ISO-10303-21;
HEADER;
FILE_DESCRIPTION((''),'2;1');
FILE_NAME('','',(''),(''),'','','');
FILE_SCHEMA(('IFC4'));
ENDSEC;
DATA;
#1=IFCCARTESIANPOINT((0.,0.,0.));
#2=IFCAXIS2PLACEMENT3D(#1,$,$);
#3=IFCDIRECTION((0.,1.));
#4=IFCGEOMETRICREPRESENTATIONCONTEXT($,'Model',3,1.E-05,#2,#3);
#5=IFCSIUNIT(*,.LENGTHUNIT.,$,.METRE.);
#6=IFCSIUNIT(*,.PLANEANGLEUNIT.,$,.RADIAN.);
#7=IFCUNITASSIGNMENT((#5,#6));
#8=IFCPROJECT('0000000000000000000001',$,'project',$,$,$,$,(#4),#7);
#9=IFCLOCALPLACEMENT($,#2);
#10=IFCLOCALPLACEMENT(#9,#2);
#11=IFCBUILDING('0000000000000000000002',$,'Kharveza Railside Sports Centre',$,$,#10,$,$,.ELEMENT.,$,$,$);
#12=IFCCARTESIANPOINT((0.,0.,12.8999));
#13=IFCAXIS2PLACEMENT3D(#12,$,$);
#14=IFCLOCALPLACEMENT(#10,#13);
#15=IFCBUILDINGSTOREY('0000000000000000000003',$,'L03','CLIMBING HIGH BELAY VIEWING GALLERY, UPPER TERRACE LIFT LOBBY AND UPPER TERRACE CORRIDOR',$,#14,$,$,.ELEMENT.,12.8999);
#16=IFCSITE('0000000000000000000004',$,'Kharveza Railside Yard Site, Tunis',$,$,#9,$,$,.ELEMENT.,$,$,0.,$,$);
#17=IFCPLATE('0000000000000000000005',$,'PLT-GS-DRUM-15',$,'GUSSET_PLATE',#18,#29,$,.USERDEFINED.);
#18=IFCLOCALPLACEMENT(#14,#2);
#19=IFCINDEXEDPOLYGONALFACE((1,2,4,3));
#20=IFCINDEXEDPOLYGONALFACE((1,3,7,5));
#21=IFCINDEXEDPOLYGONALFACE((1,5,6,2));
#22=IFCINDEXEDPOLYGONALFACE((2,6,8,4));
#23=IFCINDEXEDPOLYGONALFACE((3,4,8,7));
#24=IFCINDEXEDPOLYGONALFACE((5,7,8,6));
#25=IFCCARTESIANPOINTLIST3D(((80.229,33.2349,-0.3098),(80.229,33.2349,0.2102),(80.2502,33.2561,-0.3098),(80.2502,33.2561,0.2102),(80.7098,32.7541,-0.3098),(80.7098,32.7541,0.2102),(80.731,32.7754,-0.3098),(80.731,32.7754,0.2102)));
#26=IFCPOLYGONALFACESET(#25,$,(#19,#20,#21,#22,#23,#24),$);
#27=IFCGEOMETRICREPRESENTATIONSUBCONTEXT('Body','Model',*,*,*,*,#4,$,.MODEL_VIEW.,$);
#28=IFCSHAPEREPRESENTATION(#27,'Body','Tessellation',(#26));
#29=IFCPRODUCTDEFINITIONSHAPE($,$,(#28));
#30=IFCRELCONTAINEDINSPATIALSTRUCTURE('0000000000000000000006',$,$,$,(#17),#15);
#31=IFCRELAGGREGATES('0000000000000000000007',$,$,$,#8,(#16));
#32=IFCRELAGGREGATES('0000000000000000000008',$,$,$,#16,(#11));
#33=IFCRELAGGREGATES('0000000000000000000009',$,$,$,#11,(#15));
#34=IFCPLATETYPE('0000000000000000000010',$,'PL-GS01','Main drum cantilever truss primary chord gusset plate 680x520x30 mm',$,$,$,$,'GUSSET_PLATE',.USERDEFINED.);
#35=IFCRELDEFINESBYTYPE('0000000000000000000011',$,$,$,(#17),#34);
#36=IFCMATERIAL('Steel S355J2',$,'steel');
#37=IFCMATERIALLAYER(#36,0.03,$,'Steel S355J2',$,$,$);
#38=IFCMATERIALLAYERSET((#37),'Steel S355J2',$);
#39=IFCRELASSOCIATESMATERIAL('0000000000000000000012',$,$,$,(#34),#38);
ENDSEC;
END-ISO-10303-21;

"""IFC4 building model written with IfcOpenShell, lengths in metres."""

from ifc_helpers import new_model, si_unit, direction, frame, origin, origin_2d, place, context, subcontext, project, spatial, rectangle, extrude, material, layer, layer_set, type_object, element, save


model = new_model("IFC4")

# Units and contexts
model_context = context("Model", 3, precision=1e-05, world=origin(), true_north=direction((0.0, 1.0)))
body_context = subcontext(model_context, "Body", "Model", "MODEL_VIEW")
ifc_project = project(units=[si_unit("LENGTHUNIT", "METRE"), si_unit("PLANEANGLEUNIT", "RADIAN")], contexts=[model_context])

# Site, building, storey
site_placement = place(None, origin())
site = spatial("IfcSite", under=ifc_project, at=site_placement, Name="Kharveza Railside Yard Site, Tunis", CompositionType="ELEMENT", RefElevation=0.0)
building_placement = place(site_placement, origin())
building = spatial("IfcBuilding", under=site, at=building_placement, Name="Kharveza Railside Sports Centre", CompositionType="ELEMENT")
storey_placement = place(building_placement, frame((0.0, 0.0, 12.8999)))
storey = spatial("IfcBuildingStorey", under=building, at=storey_placement, Name="L03", Description="CLIMBING HIGH BELAY VIEWING GALLERY, UPPER TERRACE LIFT LOBBY AND UPPER TERRACE CORRIDOR", CompositionType="ELEMENT", Elevation=12.8999)

# Shared definitions
ifc_material_1 = material(Name="Steel S355J2", Category="steel")

# Plate
ifc_layer_1 = layer(ifc_material_1, 0.03, Name="Steel S355J2")
ifc_layer_set_1 = layer_set([ifc_layer_1], Name="Steel S355J2")
plate_type_1 = type_object("IfcPlateType", Name="PL-GS01", Description="Main drum cantilever truss primary chord gusset plate 680x520x30 mm", ElementType="GUSSET_PLATE", PredefinedType="USERDEFINED", material=ifc_layer_set_1)
plate_1_placement = place(storey_placement, frame((80.48, 33.0051, -0.3098), z_axis=(0.0, 0.0, 1.0), x_axis=(0.707107, -0.707107, 0.0)))
element("IfcPlate", 1, at=plate_1_placement, inside=storey, type_object=plate_type_1, Name="PLT-GS-DRUM-15", ObjectType="GUSSET_PLATE", PredefinedType="USERDEFINED", context=body_context, shape_type="SweptSolid", body=[
    extrude(rectangle(XDim=0.6799, YDim=0.03, at=origin_2d()), origin(), (0.0, 0.0, 1.0), 0.52),
])

save(model, "model.ifc")
